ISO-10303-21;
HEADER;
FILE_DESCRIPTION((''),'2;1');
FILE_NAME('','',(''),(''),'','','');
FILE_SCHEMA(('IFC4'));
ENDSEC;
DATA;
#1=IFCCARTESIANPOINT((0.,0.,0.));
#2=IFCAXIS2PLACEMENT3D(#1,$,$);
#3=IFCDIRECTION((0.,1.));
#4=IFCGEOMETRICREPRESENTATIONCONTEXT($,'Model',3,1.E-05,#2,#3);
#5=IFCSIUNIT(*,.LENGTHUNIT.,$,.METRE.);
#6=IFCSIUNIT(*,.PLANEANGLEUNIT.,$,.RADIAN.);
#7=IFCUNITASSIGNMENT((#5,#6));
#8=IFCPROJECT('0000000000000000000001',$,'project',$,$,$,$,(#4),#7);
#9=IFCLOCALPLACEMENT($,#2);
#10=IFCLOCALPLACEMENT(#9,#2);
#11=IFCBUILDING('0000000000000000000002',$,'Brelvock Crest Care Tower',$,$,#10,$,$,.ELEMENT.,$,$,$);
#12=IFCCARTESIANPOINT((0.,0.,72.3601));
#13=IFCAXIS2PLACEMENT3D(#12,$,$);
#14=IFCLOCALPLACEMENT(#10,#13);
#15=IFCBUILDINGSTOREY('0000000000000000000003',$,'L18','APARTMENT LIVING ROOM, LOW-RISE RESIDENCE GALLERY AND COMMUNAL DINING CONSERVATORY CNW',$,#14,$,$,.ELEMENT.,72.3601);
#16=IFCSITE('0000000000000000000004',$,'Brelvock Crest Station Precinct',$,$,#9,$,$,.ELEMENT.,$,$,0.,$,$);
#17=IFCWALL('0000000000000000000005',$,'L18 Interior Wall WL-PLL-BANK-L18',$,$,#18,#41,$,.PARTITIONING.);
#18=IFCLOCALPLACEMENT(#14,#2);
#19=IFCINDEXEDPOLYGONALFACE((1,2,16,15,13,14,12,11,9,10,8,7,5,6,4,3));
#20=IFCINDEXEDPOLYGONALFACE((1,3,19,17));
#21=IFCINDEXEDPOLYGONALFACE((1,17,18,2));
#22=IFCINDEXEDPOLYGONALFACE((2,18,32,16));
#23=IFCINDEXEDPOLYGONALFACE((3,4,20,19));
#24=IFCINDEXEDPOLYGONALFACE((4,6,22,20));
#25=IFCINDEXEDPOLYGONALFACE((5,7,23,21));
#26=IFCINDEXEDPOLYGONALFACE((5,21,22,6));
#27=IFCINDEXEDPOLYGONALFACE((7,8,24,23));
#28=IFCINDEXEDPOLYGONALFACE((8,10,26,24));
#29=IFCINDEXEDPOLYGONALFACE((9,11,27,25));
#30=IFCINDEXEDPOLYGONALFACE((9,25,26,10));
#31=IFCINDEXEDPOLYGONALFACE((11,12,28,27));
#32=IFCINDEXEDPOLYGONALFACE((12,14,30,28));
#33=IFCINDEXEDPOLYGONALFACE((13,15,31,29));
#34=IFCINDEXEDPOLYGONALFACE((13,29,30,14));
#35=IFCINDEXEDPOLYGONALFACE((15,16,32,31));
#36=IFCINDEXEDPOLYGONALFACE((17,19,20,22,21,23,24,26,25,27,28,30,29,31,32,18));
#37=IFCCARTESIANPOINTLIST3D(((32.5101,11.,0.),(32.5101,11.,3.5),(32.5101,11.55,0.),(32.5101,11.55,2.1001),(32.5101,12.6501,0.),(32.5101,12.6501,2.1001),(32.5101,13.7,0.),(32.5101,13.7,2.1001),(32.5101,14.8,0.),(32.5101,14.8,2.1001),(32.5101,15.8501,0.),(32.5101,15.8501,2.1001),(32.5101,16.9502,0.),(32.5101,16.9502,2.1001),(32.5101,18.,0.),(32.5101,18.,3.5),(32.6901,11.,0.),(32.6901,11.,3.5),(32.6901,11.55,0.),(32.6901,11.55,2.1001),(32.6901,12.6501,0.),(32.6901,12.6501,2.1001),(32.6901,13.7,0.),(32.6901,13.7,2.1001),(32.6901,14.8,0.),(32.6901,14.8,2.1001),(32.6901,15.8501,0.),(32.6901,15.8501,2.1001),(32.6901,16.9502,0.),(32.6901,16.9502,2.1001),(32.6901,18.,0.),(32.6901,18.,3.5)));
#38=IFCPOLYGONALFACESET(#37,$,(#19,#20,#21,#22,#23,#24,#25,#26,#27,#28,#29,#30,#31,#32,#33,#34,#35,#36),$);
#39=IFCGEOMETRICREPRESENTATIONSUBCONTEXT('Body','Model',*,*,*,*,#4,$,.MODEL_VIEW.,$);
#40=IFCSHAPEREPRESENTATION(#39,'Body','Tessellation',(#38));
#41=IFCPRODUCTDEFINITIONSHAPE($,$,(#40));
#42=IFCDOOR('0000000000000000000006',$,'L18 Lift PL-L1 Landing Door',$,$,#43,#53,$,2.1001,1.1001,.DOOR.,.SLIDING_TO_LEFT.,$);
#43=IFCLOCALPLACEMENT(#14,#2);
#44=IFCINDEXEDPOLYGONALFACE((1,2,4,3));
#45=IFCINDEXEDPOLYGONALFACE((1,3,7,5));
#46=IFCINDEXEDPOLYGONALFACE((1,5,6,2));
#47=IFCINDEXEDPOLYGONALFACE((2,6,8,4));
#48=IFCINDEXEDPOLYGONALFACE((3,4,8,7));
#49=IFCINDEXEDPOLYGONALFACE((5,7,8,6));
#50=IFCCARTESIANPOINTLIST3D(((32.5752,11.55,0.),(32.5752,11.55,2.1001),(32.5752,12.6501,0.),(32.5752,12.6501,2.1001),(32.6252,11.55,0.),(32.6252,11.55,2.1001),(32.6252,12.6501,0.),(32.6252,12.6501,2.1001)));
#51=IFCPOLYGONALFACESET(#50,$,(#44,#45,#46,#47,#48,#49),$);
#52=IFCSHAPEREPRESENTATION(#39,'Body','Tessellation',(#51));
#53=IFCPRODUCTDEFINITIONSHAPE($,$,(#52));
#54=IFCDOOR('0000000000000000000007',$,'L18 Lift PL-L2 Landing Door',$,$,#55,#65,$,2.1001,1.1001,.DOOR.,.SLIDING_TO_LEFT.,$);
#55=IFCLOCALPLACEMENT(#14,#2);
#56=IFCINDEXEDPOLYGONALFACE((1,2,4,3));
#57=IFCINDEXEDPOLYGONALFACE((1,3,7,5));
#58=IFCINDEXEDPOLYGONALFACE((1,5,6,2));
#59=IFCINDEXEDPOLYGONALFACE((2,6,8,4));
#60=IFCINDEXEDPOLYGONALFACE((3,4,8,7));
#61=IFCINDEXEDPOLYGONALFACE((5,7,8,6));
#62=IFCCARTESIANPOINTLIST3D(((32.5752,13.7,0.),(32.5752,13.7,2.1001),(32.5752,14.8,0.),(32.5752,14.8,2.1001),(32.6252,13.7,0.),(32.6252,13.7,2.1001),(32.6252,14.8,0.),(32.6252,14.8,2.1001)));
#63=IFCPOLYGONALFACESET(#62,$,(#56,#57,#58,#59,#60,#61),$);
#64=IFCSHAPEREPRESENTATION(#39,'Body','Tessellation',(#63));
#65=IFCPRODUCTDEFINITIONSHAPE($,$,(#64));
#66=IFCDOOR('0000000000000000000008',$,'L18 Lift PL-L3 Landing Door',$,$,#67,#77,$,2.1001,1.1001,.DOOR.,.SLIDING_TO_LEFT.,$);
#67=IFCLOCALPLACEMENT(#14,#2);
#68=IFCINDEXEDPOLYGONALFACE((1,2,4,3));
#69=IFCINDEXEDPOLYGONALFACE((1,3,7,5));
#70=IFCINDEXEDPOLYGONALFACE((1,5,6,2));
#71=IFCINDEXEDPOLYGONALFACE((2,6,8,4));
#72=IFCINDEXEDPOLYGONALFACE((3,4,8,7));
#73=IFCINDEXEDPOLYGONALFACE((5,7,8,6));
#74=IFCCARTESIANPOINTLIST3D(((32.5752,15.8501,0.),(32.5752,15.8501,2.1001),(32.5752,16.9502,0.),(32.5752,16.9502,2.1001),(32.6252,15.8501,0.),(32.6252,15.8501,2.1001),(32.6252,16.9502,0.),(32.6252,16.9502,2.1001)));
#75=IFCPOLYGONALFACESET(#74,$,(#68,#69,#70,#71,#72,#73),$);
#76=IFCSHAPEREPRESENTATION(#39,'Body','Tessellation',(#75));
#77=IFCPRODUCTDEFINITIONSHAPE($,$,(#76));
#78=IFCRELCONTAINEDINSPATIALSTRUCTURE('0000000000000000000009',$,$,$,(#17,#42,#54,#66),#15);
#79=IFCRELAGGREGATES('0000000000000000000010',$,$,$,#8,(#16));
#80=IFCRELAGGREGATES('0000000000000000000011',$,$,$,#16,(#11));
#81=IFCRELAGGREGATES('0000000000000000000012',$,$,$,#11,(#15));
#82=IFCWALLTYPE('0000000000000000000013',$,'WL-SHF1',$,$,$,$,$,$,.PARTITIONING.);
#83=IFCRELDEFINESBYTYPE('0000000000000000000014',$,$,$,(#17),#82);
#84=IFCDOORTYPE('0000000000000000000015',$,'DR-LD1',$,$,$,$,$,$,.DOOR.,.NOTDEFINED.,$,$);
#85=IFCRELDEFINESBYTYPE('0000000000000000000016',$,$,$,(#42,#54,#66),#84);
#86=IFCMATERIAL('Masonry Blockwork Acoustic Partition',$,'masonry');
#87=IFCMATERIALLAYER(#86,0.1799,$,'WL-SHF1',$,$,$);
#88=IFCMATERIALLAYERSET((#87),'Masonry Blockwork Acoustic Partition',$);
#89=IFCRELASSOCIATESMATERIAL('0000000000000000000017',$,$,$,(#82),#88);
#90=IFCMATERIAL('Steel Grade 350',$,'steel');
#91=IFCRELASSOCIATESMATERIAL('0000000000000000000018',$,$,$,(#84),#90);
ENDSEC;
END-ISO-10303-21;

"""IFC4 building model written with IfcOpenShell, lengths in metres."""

from ifc_helpers import new_model, si_unit, direction, frame, frame_2d, origin, origin_2d, place, context, subcontext, project, spatial, rectangle, extrude, source, transform, mapped, material, layer, layer_set, type_object, element, fill, save


model = new_model("IFC4")

# Units and contexts
model_context = context("Model", 3, precision=1e-05, world=origin(), true_north=direction((0.0, 1.0)))
body_context = subcontext(model_context, "Body", "Model", "MODEL_VIEW")
ifc_project = project(units=[si_unit("LENGTHUNIT", "METRE"), si_unit("PLANEANGLEUNIT", "RADIAN")], contexts=[model_context])

# Site, building, storey
site_placement = place(None, origin())
site = spatial("IfcSite", under=ifc_project, at=site_placement, Name="Brelvock Crest Station Precinct", CompositionType="ELEMENT", RefElevation=0.0)
building_placement = place(site_placement, origin())
building = spatial("IfcBuilding", under=site, at=building_placement, Name="Brelvock Crest Care Tower", CompositionType="ELEMENT")
storey_placement = place(building_placement, frame((0.0, 0.0, 72.3601)))
storey = spatial("IfcBuildingStorey", under=building, at=storey_placement, Name="L18", Description="APARTMENT LIVING ROOM, LOW-RISE RESIDENCE GALLERY AND COMMUNAL DINING CONSERVATORY CNW", CompositionType="ELEMENT", Elevation=72.3601)

# Shared definitions
ifc_material_1 = material(Name="Steel Grade 350", Category="steel")

# Shared definitions
ifc_material_2 = material(Name="Masonry Blockwork Acoustic Partition", Category="masonry")

# Shared definitions
ifc_layer_1 = layer(ifc_material_2, 0.1799, Name="WL-SHF1")
ifc_layer_set_1 = layer_set([ifc_layer_1], Name="Masonry Blockwork Acoustic Partition")
wall_type_1 = type_object("IfcWallType", Name="WL-SHF1", PredefinedType="PARTITIONING", material=ifc_layer_set_1)

# Shared definitions
door_type_1 = type_object("IfcDoorType", Name="DR-LD1", OperationType="NOTDEFINED", PredefinedType="DOOR", material=ifc_material_1)
shared_shape_1 = source(origin(), body_context, "Body", "SweptSolid", [
    extrude(rectangle(XDim=1.1001, YDim=2.1001, at=origin_2d()), frame((0.55, 0.0249, 1.05), z_axis=(0.0, -1.0, 0.0), x_axis=(1.0, 0.0, 0.0)), (0.0, 0.0, 1.0), 0.05),
])

# Wall, openings, doors
wall_1_placement = place(storey_placement, frame((32.6001, 11.0, 0.0), z_axis=(0.0, 0.0, 1.0), x_axis=(0.0, 1.0, 0.0)))
wall_1 = element("IfcWall", 1, at=wall_1_placement, inside=storey, type_object=wall_type_1, Name="L18 Interior Wall WL-PLL-BANK-L18", PredefinedType="PARTITIONING", context=body_context, shape_type="SweptSolid", body=[
    extrude(rectangle(XDim=7.0, YDim=0.1799, at=frame_2d((3.5, 0.0))), origin(), (0.0, 0.0, 1.0), 3.5),
])
opening_1_placement = place(wall_1_placement, frame((0.55, 0.0, 0.0)))
opening_1 = element("IfcOpeningElement", 2, at=opening_1_placement, cuts=wall_1, PredefinedType="OPENING", context=body_context, shape_type="SweptSolid", body=[
    extrude(rectangle(XDim=1.1001, YDim=2.1001, at=origin_2d()), frame((0.55, 0.1001, 1.05), z_axis=(0.0, -1.0, 0.0), x_axis=(1.0, 0.0, 0.0)), (0.0, 0.0, 1.0), 0.2),
])
opening_2_placement = place(wall_1_placement, frame((2.7, 0.0, 0.0)))
opening_2 = element("IfcOpeningElement", 3, at=opening_2_placement, cuts=wall_1, PredefinedType="OPENING", context=body_context, shape_type="SweptSolid", body=[
    extrude(rectangle(XDim=1.1001, YDim=2.1001, at=origin_2d()), frame((0.55, 0.1001, 1.05), z_axis=(0.0, -1.0, 0.0), x_axis=(1.0, 0.0, 0.0)), (0.0, 0.0, 1.0), 0.2),
])
opening_3_placement = place(wall_1_placement, frame((4.8501, 0.0, 0.0)))
opening_3 = element("IfcOpeningElement", 4, at=opening_3_placement, cuts=wall_1, PredefinedType="OPENING", context=body_context, shape_type="SweptSolid", body=[
    extrude(rectangle(XDim=1.1001, YDim=2.1001, at=origin_2d()), frame((0.55, 0.1001, 1.05), z_axis=(0.0, -1.0, 0.0), x_axis=(1.0, 0.0, 0.0)), (0.0, 0.0, 1.0), 0.2),
])
door_1_placement = place(opening_1_placement, origin())
door_1 = element("IfcDoor", 5, at=door_1_placement, inside=storey, type_object=door_type_1, Name="L18 Lift PL-L1 Landing Door", OperationType="SLIDING_TO_LEFT", OverallHeight=2.1001, OverallWidth=1.1001, PredefinedType="DOOR", context=body_context, shape_type="MappedRepresentation", body=[
    mapped(shared_shape_1, transform((0.0, 0.0, 0.0), x_axis=(1.0, 0.0, 0.0), y_axis=(0.0, 1.0, 0.0), z_axis=(0.0, 0.0, 1.0), scale=1.0)),
])
fill(opening_1, door_1)
door_2_placement = place(opening_2_placement, origin())
door_2 = element("IfcDoor", 6, at=door_2_placement, inside=storey, type_object=door_type_1, Name="L18 Lift PL-L2 Landing Door", OperationType="SLIDING_TO_LEFT", OverallHeight=2.1001, OverallWidth=1.1001, PredefinedType="DOOR", context=body_context, shape_type="MappedRepresentation", body=[
    mapped(shared_shape_1, transform((0.0, 0.0, 0.0), x_axis=(1.0, 0.0, 0.0), y_axis=(0.0, 1.0, 0.0), z_axis=(0.0, 0.0, 1.0), scale=1.0)),
])
fill(opening_2, door_2)
door_3_placement = place(opening_3_placement, origin())
door_3 = element("IfcDoor", 7, at=door_3_placement, inside=storey, type_object=door_type_1, Name="L18 Lift PL-L3 Landing Door", OperationType="SLIDING_TO_LEFT", OverallHeight=2.1001, OverallWidth=1.1001, PredefinedType="DOOR", context=body_context, shape_type="MappedRepresentation", body=[
    mapped(shared_shape_1, transform((0.0, 0.0, 0.0), x_axis=(1.0, 0.0, 0.0), y_axis=(0.0, 1.0, 0.0), z_axis=(0.0, 0.0, 1.0), scale=1.0)),
])
fill(opening_3, door_3)

save(model, "model.ifc")
